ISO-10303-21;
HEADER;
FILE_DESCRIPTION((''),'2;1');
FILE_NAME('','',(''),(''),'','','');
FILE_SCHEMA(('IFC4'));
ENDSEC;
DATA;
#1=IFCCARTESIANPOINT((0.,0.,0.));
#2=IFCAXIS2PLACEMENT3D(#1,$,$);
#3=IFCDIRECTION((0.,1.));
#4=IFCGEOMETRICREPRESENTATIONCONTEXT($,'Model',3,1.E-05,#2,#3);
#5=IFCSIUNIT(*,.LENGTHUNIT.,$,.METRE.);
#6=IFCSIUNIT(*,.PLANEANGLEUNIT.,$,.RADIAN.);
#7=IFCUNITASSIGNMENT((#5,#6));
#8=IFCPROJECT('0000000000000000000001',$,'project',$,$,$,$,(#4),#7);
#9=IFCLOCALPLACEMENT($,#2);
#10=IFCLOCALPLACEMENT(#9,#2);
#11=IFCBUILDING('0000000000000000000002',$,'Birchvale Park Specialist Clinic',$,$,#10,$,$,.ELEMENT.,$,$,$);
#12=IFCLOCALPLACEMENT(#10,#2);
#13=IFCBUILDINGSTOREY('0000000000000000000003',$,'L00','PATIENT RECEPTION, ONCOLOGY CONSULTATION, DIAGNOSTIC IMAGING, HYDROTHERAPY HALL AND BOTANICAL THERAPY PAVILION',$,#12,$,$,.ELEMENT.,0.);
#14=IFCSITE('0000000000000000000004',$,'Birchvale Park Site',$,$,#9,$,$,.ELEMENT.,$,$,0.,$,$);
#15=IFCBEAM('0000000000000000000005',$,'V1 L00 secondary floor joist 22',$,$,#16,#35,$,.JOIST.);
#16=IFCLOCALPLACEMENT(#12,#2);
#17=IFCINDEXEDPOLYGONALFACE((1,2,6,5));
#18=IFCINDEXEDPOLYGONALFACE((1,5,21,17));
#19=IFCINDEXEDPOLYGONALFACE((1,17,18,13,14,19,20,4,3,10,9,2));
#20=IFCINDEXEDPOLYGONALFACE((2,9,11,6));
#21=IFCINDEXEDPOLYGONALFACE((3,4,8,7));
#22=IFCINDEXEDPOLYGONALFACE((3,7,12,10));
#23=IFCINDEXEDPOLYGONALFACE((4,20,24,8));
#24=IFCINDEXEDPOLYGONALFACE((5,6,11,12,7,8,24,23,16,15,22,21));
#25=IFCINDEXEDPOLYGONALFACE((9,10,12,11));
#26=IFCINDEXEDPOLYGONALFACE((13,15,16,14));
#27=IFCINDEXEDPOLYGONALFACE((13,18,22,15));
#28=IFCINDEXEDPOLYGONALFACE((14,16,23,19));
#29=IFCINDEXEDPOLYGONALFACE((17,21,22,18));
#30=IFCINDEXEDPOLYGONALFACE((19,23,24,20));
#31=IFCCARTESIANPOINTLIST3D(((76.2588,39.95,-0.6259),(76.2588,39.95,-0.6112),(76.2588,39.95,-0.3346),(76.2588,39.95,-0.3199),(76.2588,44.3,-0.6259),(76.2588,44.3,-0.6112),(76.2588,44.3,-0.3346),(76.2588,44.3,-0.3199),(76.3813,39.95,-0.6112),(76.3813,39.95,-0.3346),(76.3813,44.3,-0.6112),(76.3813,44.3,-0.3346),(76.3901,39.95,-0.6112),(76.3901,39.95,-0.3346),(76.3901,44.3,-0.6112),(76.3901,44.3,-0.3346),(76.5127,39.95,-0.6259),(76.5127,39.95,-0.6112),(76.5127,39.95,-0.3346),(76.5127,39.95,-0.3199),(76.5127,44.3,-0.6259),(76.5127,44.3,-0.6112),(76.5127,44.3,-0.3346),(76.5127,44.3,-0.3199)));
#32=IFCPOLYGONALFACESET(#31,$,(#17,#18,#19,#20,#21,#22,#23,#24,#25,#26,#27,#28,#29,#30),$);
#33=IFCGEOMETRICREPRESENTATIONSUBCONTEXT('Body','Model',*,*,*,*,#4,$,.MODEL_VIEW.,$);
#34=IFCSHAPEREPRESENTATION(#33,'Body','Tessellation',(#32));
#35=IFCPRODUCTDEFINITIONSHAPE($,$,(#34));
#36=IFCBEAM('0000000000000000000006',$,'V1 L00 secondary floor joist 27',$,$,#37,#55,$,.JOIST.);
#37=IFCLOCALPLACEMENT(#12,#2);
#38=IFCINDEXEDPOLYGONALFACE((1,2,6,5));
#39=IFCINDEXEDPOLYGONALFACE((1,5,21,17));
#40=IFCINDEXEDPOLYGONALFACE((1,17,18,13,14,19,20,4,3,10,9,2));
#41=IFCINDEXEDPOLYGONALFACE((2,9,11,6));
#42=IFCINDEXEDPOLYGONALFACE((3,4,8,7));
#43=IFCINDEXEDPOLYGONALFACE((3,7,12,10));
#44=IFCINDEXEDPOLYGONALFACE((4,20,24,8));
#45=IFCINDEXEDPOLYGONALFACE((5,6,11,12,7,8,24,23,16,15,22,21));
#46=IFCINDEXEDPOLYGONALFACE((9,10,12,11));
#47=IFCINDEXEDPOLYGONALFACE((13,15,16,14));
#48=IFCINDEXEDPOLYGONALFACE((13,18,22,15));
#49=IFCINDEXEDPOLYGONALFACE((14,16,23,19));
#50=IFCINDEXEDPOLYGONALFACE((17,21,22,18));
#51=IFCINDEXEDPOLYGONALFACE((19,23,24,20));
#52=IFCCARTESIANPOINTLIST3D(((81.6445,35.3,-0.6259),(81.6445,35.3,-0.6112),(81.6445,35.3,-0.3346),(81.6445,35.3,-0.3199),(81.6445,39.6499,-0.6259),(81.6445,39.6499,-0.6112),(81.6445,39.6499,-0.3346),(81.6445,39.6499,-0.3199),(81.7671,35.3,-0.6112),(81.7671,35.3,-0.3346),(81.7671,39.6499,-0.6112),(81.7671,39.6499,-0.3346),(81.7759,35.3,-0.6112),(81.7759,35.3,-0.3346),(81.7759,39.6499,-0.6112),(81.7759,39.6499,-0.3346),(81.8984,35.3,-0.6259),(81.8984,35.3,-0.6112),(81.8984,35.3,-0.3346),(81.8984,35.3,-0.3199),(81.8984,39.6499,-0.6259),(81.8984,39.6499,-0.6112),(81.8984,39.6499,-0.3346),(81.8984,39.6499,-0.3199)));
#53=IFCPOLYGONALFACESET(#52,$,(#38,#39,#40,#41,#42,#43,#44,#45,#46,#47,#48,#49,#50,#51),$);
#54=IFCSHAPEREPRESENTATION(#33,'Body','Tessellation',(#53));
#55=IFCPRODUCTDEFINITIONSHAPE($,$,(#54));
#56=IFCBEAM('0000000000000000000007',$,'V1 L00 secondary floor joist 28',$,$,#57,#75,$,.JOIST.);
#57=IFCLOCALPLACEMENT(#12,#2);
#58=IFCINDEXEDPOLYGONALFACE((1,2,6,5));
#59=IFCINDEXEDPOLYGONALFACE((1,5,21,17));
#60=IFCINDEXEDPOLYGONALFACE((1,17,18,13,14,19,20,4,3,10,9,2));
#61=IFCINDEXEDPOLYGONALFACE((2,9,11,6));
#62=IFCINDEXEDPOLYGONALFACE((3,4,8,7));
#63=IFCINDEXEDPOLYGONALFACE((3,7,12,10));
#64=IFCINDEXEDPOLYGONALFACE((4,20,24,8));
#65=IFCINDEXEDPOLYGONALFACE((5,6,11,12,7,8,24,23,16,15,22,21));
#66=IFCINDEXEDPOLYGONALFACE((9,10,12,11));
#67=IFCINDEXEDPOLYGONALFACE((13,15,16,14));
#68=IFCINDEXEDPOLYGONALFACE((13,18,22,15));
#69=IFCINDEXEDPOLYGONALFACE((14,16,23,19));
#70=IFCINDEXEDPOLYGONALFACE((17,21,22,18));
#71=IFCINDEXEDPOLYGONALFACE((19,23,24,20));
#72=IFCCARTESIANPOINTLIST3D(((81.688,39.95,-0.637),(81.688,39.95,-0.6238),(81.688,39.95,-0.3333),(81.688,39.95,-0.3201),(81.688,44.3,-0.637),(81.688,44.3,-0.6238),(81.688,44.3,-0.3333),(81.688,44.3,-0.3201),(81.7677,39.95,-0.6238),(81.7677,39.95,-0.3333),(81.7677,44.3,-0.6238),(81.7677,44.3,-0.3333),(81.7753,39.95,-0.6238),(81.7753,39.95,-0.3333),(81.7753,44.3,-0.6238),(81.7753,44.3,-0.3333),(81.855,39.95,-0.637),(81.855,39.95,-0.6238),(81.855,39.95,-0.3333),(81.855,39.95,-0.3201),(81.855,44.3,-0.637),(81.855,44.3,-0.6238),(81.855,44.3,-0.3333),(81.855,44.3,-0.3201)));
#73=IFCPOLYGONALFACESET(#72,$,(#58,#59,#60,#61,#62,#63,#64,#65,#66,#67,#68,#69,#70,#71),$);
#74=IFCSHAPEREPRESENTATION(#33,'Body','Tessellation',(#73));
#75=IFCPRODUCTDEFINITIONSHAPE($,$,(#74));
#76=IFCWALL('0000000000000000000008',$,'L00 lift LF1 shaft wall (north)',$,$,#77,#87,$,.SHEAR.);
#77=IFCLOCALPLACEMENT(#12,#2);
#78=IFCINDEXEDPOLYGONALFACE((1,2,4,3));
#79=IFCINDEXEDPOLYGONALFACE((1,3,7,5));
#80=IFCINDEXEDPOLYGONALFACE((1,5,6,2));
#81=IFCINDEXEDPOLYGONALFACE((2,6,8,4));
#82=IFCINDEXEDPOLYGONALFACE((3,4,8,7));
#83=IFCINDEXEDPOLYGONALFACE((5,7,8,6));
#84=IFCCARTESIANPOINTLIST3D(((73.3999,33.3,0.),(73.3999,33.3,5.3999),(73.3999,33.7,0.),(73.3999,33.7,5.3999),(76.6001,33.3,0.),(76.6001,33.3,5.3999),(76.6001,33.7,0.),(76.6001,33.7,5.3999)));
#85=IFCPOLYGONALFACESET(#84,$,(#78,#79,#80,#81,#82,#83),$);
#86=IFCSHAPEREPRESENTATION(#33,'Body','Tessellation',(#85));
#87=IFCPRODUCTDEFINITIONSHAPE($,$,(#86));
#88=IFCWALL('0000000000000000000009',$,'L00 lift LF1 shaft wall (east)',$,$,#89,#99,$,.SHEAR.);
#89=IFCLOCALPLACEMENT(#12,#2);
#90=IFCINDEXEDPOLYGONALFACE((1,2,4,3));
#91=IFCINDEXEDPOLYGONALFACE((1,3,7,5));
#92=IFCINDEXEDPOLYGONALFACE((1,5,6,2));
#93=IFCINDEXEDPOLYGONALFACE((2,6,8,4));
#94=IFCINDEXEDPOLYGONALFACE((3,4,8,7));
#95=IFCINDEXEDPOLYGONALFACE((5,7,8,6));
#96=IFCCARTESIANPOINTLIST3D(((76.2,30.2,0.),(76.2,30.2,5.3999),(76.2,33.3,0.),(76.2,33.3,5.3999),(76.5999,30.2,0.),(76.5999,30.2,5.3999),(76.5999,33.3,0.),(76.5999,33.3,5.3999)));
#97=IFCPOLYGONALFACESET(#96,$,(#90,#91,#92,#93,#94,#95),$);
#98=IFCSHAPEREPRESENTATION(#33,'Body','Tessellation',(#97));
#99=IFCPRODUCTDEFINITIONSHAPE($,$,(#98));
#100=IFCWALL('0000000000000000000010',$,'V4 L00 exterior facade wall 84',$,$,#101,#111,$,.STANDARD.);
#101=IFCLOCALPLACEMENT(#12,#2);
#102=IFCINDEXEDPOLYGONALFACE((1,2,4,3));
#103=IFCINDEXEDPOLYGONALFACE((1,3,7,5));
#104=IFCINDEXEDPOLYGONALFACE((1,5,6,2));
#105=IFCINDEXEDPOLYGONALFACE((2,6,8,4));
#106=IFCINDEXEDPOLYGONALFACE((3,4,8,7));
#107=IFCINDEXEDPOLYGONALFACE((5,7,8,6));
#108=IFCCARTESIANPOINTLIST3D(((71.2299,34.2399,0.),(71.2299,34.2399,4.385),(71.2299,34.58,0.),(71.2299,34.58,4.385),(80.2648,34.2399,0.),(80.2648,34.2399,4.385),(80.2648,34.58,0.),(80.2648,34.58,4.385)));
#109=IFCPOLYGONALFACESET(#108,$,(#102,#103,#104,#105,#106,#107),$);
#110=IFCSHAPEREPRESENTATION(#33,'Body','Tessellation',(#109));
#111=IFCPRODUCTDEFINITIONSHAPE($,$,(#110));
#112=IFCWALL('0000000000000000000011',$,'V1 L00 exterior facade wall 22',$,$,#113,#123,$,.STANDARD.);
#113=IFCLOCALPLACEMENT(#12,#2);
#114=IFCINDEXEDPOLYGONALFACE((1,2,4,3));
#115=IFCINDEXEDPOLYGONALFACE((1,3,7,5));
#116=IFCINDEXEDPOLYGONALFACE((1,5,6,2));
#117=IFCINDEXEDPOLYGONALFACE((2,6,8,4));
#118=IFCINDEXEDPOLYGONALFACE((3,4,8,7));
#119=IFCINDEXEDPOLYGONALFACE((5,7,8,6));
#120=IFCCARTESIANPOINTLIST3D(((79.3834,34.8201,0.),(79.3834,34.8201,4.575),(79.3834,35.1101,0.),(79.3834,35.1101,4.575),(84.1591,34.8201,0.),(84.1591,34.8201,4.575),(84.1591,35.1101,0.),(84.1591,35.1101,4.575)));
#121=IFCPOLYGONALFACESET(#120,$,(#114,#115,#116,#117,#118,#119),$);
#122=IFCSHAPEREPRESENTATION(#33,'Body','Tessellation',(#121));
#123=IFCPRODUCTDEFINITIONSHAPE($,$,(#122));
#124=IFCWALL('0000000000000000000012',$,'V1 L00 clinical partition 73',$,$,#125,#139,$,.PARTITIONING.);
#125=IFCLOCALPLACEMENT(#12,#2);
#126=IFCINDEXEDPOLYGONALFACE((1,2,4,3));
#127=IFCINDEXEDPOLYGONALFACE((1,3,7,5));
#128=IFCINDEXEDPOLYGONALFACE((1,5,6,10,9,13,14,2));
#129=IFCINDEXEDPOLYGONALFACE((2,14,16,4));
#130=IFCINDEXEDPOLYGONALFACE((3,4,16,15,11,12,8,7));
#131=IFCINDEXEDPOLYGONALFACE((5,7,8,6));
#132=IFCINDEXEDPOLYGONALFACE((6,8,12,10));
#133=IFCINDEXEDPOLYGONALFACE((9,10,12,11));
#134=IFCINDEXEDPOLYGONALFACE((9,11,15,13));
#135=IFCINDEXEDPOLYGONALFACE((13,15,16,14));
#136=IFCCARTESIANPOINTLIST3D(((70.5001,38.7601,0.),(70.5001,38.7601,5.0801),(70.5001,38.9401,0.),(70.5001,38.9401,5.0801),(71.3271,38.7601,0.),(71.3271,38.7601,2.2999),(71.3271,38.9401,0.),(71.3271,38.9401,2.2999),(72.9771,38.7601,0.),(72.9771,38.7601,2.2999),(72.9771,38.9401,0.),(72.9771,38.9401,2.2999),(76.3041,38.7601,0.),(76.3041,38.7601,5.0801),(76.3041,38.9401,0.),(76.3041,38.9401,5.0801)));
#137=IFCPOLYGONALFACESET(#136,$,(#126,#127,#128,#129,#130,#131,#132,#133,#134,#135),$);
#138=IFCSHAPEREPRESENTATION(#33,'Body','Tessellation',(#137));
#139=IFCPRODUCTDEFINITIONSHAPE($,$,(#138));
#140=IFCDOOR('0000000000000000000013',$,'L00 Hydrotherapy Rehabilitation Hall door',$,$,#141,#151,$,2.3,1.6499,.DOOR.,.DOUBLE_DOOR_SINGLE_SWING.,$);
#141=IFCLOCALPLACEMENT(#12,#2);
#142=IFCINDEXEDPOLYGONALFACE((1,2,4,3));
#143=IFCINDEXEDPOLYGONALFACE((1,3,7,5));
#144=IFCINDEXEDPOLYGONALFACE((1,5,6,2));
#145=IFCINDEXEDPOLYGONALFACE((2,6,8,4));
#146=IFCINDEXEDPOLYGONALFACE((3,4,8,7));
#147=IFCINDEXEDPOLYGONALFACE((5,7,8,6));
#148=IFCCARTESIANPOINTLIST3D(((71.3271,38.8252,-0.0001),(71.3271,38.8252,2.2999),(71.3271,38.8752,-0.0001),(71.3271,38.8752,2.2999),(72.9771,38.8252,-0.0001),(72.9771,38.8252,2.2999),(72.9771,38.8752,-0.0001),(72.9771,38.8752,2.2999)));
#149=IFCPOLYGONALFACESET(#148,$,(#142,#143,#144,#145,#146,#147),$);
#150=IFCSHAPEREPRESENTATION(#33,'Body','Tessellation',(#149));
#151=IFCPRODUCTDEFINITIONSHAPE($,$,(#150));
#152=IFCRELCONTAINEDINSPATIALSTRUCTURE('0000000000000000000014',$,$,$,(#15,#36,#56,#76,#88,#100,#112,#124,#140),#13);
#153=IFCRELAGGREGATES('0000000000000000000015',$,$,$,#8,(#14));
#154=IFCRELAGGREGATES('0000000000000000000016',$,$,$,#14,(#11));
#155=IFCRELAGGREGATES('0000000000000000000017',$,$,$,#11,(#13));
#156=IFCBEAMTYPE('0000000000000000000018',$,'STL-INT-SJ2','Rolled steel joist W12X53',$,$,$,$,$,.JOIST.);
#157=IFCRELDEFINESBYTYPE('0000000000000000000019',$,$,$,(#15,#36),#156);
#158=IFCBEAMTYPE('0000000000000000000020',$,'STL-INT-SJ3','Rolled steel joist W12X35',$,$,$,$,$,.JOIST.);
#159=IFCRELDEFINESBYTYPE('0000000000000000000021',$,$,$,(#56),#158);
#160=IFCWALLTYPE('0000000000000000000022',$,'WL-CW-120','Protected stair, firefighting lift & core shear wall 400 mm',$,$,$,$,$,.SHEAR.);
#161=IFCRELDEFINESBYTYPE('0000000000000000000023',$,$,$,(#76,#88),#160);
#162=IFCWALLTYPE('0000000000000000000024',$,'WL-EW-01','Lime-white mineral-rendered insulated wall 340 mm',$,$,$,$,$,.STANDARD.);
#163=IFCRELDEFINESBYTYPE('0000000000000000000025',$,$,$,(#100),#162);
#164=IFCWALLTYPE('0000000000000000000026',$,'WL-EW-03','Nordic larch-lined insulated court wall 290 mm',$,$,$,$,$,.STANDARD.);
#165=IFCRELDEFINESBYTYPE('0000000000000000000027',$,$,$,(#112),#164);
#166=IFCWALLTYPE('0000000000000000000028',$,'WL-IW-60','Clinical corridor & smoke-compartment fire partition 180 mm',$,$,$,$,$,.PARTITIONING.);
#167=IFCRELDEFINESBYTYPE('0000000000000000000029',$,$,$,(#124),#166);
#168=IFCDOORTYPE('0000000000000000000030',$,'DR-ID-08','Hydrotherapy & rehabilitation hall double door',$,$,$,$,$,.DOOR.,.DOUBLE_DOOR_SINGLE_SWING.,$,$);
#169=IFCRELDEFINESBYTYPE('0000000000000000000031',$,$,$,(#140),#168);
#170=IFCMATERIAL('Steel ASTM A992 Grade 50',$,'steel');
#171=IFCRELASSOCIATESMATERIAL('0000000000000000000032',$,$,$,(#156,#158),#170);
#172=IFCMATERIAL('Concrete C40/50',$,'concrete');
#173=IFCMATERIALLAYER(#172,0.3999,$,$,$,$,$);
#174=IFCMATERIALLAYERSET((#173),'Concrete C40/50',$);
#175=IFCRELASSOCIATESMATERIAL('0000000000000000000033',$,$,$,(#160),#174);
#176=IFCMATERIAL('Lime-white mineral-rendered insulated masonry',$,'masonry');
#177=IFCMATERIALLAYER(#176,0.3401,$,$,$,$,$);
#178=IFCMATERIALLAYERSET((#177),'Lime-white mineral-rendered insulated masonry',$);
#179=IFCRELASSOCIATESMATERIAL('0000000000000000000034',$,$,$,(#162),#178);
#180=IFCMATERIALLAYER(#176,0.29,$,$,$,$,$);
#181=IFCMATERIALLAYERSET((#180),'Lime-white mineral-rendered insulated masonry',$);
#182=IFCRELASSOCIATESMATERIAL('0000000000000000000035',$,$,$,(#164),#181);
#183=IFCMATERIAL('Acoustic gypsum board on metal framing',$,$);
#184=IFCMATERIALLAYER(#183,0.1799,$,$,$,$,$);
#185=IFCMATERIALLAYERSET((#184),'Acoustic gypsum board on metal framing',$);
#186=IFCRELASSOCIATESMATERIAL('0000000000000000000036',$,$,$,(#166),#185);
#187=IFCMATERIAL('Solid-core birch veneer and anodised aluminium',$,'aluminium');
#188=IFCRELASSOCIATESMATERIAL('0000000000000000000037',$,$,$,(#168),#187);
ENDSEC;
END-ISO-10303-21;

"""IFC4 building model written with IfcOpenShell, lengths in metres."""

from ifc_helpers import new_model, si_unit, direction, frame, frame_2d, origin, origin_2d, place, context, subcontext, project, spatial, rectangle, i_section, extrude, material, layer, layer_set, material_profile, profile_set, type_object, element, fill, save


model = new_model("IFC4")

# Units and contexts
model_context = context("Model", 3, precision=1e-05, world=origin(), true_north=direction((0.0, 1.0)))
body_context = subcontext(model_context, "Body", "Model", "MODEL_VIEW")
ifc_project = project(units=[si_unit("LENGTHUNIT", "METRE"), si_unit("PLANEANGLEUNIT", "RADIAN")], contexts=[model_context])

# Site, building, storey
site_placement = place(None, origin())
site = spatial("IfcSite", under=ifc_project, at=site_placement, Name="Birchvale Park Site", CompositionType="ELEMENT", RefElevation=0.0)
building_placement = place(site_placement, origin())
building = spatial("IfcBuilding", under=site, at=building_placement, Name="Birchvale Park Specialist Clinic", CompositionType="ELEMENT")
storey_placement = place(building_placement, origin())
storey = spatial("IfcBuildingStorey", under=building, at=storey_placement, Name="L00", Description="PATIENT RECEPTION, ONCOLOGY CONSULTATION, DIAGNOSTIC IMAGING, HYDROTHERAPY HALL AND BOTANICAL THERAPY PAVILION", CompositionType="ELEMENT", Elevation=0.0)

# Shared definitions
ifc_material_1 = material(Name="Concrete C40/50", Category="concrete")

# Beams
ifc_material_2 = material(Name="Steel ASTM A992 Grade 50", Category="steel")
ifc_material_profile_1 = material_profile(ifc_material_2, i_section(OverallWidth=0.2539, OverallDepth=0.3059, WebThickness=0.0088, FlangeThickness=0.0146, at=origin_2d()), Name="W12X53")
ifc_profile_set_1 = profile_set([ifc_material_profile_1], Name="Steel ASTM A992 Grade 50")
beam_type_1 = type_object("IfcBeamType", Name="STL-INT-SJ2", Description="Rolled steel joist W12X53", PredefinedType="JOIST", material=ifc_profile_set_1)
beam_1_placement = place(storey_placement, frame((76.3857, 39.95, -0.4729), z_axis=(0.0, 1.0, 0.0), x_axis=(-1.0, 0.0, 0.0)))
element("IfcBeam", 1, at=beam_1_placement, inside=storey, type_object=beam_type_1, Name="V1 L00 secondary floor joist 22", PredefinedType="JOIST", context=body_context, shape_type="SweptSolid", body=[
    extrude(i_section(OverallWidth=0.2539, OverallDepth=0.3059, WebThickness=0.0088, FlangeThickness=0.0146, at=origin_2d()), origin(), (0.0, 0.0, 1.0), 4.3501),
])
beam_2_placement = place(storey_placement, frame((81.7715, 35.3, -0.4729), z_axis=(0.0, 1.0, 0.0), x_axis=(-1.0, 0.0, 0.0)))
element("IfcBeam", 2, at=beam_2_placement, inside=storey, type_object=beam_type_1, Name="V1 L00 secondary floor joist 27", PredefinedType="JOIST", context=body_context, shape_type="SweptSolid", body=[
    extrude(i_section(OverallWidth=0.2539, OverallDepth=0.3059, WebThickness=0.0088, FlangeThickness=0.0146, at=origin_2d()), origin(), (0.0, 0.0, 1.0), 4.3499),
])
ifc_material_profile_2 = material_profile(ifc_material_2, i_section(OverallWidth=0.167, OverallDepth=0.3169, WebThickness=0.0076, FlangeThickness=0.0132, at=origin_2d()), Name="W12X35")
ifc_profile_set_2 = profile_set([ifc_material_profile_2], Name="Steel ASTM A992 Grade 50")
beam_type_2 = type_object("IfcBeamType", Name="STL-INT-SJ3", Description="Rolled steel joist W12X35", PredefinedType="JOIST", material=ifc_profile_set_2)
beam_3_placement = place(storey_placement, frame((81.7715, 39.95, -0.4785), z_axis=(0.0, 1.0, 0.0), x_axis=(-1.0, 0.0, 0.0)))
element("IfcBeam", 3, at=beam_3_placement, inside=storey, type_object=beam_type_2, Name="V1 L00 secondary floor joist 28", PredefinedType="JOIST", context=body_context, shape_type="SweptSolid", body=[
    extrude(i_section(OverallWidth=0.167, OverallDepth=0.3169, WebThickness=0.0076, FlangeThickness=0.0132, at=origin_2d()), origin(), (0.0, 0.0, 1.0), 4.3501),
])

# Walls
ifc_layer_1 = layer(ifc_material_1, 0.3999)
ifc_layer_set_1 = layer_set([ifc_layer_1], Name="Concrete C40/50")
wall_type_1 = type_object("IfcWallType", Name="WL-CW-120", Description="Protected stair, firefighting lift & core shear wall 400 mm", PredefinedType="SHEAR", material=ifc_layer_set_1)
wall_1_placement = place(storey_placement, frame((76.6001, 33.5, 0.0), z_axis=(0.0, 0.0, 1.0), x_axis=(-1.0, 0.0, 0.0)))
element("IfcWall", 4, at=wall_1_placement, inside=storey, type_object=wall_type_1, Name="L00 lift LF1 shaft wall (north)", PredefinedType="SHEAR", context=body_context, shape_type="SweptSolid", body=[
    extrude(rectangle(XDim=3.2002, YDim=0.3999, at=frame_2d((1.6001, 0.0))), origin(), (0.0, 0.0, 1.0), 5.3999),
])
wall_2_placement = place(storey_placement, frame((76.3999, 33.3, 0.0), z_axis=(0.0, 0.0, 1.0), x_axis=(0.0, -1.0, 0.0)))
element("IfcWall", 5, at=wall_2_placement, inside=storey, type_object=wall_type_1, Name="L00 lift LF1 shaft wall (east)", PredefinedType="SHEAR", context=body_context, shape_type="SweptSolid", body=[
    extrude(rectangle(XDim=3.1001, YDim=0.3999, at=frame_2d((1.55, 0.0))), origin(), (0.0, 0.0, 1.0), 5.3999),
])
ifc_material_3 = material(Name="Lime-white mineral-rendered insulated masonry", Category="masonry")
ifc_layer_2 = layer(ifc_material_3, 0.3401)
ifc_layer_set_2 = layer_set([ifc_layer_2], Name="Lime-white mineral-rendered insulated masonry")
wall_type_2 = type_object("IfcWallType", Name="WL-EW-01", Description="Lime-white mineral-rendered insulated wall 340 mm", PredefinedType="STANDARD", material=ifc_layer_set_2)
wall_3_placement = place(storey_placement, frame((80.2649, 34.4099, 0.0), z_axis=(0.0, 0.0, 1.0), x_axis=(-1.0, 0.0, 0.0)))
element("IfcWall", 6, at=wall_3_placement, inside=storey, type_object=wall_type_2, Name="V4 L00 exterior facade wall 84", PredefinedType="STANDARD", context=body_context, shape_type="SweptSolid", body=[
    extrude(rectangle(XDim=9.0349, YDim=0.3401, at=frame_2d((4.5176, 0.0))), origin(), (0.0, 0.0, 1.0), 4.385),
])
ifc_layer_3 = layer(ifc_material_3, 0.29)
ifc_layer_set_3 = layer_set([ifc_layer_3], Name="Lime-white mineral-rendered insulated masonry")
wall_type_3 = type_object("IfcWallType", Name="WL-EW-03", Description="Nordic larch-lined insulated court wall 290 mm", PredefinedType="STANDARD", material=ifc_layer_set_3)
wall_4_placement = place(storey_placement, frame((79.3835, 34.9651, 0.0), z_axis=(0.0, 0.0, 1.0), x_axis=(1.0, 0.0, 0.0)))
element("IfcWall", 7, at=wall_4_placement, inside=storey, type_object=wall_type_3, Name="V1 L00 exterior facade wall 22", PredefinedType="STANDARD", context=body_context, shape_type="SweptSolid", body=[
    extrude(rectangle(XDim=4.7756, YDim=0.29, at=frame_2d((2.3877, 0.0))), origin(), (0.0, 0.0, 1.0), 4.575),
])

# Wall, opening, door
ifc_material_4 = material(Name="Acoustic gypsum board on metal framing")
ifc_layer_4 = layer(ifc_material_4, 0.1799)
ifc_layer_set_4 = layer_set([ifc_layer_4], Name="Acoustic gypsum board on metal framing")
wall_type_4 = type_object("IfcWallType", Name="WL-IW-60", Description="Clinical corridor & smoke-compartment fire partition 180 mm", PredefinedType="PARTITIONING", material=ifc_layer_set_4)
wall_5_placement = place(storey_placement, frame((76.304, 38.8501, 0.0), z_axis=(0.0, 0.0, 1.0), x_axis=(-1.0, 0.0, 0.0)))
wall_5 = element("IfcWall", 8, at=wall_5_placement, inside=storey, type_object=wall_type_4, Name="V1 L00 clinical partition 73", PredefinedType="PARTITIONING", context=body_context, shape_type="SweptSolid", body=[
    extrude(rectangle(XDim=5.804, YDim=0.1799, at=frame_2d((2.9019, 0.0))), origin(), (0.0, 0.0, 1.0), 5.0801),
])
opening_1_placement = place(wall_5_placement, frame((3.3269, 0.0, 0.0)))
opening_1 = element("IfcOpeningElement", 9, at=opening_1_placement, cuts=wall_5, PredefinedType="OPENING", context=body_context, shape_type="SweptSolid", body=[
    extrude(rectangle(XDim=1.6499, YDim=2.3, at=frame_2d((0.825, 1.1499))), frame((0.0, 0.1001, 0.0), z_axis=(0.0, -1.0, 0.0), x_axis=(1.0, 0.0, 0.0)), (0.0, 0.0, 1.0), 0.2),
])
ifc_material_5 = material(Name="Solid-core birch veneer and anodised aluminium", Category="aluminium")
door_type_1 = type_object("IfcDoorType", Name="DR-ID-08", Description="Hydrotherapy & rehabilitation hall double door", OperationType="DOUBLE_DOOR_SINGLE_SWING", PredefinedType="DOOR", material=ifc_material_5)
door_1_placement = place(opening_1_placement, origin())
door_1 = element("IfcDoor", 10, at=door_1_placement, inside=storey, type_object=door_type_1, Name="L00 Hydrotherapy Rehabilitation Hall door", OperationType="DOUBLE_DOOR_SINGLE_SWING", OverallHeight=2.3, OverallWidth=1.6499, PredefinedType="DOOR", context=body_context, shape_type="SweptSolid", body=[
    extrude(rectangle(XDim=1.6499, YDim=2.3, at=frame_2d((0.825, 1.1499))), frame((0.0, 0.0249, 0.0), z_axis=(0.0, -1.0, 0.0), x_axis=(1.0, 0.0, 0.0)), (0.0, 0.0, 1.0), 0.05),
])
fill(opening_1, door_1)

save(model, "model.ifc")
